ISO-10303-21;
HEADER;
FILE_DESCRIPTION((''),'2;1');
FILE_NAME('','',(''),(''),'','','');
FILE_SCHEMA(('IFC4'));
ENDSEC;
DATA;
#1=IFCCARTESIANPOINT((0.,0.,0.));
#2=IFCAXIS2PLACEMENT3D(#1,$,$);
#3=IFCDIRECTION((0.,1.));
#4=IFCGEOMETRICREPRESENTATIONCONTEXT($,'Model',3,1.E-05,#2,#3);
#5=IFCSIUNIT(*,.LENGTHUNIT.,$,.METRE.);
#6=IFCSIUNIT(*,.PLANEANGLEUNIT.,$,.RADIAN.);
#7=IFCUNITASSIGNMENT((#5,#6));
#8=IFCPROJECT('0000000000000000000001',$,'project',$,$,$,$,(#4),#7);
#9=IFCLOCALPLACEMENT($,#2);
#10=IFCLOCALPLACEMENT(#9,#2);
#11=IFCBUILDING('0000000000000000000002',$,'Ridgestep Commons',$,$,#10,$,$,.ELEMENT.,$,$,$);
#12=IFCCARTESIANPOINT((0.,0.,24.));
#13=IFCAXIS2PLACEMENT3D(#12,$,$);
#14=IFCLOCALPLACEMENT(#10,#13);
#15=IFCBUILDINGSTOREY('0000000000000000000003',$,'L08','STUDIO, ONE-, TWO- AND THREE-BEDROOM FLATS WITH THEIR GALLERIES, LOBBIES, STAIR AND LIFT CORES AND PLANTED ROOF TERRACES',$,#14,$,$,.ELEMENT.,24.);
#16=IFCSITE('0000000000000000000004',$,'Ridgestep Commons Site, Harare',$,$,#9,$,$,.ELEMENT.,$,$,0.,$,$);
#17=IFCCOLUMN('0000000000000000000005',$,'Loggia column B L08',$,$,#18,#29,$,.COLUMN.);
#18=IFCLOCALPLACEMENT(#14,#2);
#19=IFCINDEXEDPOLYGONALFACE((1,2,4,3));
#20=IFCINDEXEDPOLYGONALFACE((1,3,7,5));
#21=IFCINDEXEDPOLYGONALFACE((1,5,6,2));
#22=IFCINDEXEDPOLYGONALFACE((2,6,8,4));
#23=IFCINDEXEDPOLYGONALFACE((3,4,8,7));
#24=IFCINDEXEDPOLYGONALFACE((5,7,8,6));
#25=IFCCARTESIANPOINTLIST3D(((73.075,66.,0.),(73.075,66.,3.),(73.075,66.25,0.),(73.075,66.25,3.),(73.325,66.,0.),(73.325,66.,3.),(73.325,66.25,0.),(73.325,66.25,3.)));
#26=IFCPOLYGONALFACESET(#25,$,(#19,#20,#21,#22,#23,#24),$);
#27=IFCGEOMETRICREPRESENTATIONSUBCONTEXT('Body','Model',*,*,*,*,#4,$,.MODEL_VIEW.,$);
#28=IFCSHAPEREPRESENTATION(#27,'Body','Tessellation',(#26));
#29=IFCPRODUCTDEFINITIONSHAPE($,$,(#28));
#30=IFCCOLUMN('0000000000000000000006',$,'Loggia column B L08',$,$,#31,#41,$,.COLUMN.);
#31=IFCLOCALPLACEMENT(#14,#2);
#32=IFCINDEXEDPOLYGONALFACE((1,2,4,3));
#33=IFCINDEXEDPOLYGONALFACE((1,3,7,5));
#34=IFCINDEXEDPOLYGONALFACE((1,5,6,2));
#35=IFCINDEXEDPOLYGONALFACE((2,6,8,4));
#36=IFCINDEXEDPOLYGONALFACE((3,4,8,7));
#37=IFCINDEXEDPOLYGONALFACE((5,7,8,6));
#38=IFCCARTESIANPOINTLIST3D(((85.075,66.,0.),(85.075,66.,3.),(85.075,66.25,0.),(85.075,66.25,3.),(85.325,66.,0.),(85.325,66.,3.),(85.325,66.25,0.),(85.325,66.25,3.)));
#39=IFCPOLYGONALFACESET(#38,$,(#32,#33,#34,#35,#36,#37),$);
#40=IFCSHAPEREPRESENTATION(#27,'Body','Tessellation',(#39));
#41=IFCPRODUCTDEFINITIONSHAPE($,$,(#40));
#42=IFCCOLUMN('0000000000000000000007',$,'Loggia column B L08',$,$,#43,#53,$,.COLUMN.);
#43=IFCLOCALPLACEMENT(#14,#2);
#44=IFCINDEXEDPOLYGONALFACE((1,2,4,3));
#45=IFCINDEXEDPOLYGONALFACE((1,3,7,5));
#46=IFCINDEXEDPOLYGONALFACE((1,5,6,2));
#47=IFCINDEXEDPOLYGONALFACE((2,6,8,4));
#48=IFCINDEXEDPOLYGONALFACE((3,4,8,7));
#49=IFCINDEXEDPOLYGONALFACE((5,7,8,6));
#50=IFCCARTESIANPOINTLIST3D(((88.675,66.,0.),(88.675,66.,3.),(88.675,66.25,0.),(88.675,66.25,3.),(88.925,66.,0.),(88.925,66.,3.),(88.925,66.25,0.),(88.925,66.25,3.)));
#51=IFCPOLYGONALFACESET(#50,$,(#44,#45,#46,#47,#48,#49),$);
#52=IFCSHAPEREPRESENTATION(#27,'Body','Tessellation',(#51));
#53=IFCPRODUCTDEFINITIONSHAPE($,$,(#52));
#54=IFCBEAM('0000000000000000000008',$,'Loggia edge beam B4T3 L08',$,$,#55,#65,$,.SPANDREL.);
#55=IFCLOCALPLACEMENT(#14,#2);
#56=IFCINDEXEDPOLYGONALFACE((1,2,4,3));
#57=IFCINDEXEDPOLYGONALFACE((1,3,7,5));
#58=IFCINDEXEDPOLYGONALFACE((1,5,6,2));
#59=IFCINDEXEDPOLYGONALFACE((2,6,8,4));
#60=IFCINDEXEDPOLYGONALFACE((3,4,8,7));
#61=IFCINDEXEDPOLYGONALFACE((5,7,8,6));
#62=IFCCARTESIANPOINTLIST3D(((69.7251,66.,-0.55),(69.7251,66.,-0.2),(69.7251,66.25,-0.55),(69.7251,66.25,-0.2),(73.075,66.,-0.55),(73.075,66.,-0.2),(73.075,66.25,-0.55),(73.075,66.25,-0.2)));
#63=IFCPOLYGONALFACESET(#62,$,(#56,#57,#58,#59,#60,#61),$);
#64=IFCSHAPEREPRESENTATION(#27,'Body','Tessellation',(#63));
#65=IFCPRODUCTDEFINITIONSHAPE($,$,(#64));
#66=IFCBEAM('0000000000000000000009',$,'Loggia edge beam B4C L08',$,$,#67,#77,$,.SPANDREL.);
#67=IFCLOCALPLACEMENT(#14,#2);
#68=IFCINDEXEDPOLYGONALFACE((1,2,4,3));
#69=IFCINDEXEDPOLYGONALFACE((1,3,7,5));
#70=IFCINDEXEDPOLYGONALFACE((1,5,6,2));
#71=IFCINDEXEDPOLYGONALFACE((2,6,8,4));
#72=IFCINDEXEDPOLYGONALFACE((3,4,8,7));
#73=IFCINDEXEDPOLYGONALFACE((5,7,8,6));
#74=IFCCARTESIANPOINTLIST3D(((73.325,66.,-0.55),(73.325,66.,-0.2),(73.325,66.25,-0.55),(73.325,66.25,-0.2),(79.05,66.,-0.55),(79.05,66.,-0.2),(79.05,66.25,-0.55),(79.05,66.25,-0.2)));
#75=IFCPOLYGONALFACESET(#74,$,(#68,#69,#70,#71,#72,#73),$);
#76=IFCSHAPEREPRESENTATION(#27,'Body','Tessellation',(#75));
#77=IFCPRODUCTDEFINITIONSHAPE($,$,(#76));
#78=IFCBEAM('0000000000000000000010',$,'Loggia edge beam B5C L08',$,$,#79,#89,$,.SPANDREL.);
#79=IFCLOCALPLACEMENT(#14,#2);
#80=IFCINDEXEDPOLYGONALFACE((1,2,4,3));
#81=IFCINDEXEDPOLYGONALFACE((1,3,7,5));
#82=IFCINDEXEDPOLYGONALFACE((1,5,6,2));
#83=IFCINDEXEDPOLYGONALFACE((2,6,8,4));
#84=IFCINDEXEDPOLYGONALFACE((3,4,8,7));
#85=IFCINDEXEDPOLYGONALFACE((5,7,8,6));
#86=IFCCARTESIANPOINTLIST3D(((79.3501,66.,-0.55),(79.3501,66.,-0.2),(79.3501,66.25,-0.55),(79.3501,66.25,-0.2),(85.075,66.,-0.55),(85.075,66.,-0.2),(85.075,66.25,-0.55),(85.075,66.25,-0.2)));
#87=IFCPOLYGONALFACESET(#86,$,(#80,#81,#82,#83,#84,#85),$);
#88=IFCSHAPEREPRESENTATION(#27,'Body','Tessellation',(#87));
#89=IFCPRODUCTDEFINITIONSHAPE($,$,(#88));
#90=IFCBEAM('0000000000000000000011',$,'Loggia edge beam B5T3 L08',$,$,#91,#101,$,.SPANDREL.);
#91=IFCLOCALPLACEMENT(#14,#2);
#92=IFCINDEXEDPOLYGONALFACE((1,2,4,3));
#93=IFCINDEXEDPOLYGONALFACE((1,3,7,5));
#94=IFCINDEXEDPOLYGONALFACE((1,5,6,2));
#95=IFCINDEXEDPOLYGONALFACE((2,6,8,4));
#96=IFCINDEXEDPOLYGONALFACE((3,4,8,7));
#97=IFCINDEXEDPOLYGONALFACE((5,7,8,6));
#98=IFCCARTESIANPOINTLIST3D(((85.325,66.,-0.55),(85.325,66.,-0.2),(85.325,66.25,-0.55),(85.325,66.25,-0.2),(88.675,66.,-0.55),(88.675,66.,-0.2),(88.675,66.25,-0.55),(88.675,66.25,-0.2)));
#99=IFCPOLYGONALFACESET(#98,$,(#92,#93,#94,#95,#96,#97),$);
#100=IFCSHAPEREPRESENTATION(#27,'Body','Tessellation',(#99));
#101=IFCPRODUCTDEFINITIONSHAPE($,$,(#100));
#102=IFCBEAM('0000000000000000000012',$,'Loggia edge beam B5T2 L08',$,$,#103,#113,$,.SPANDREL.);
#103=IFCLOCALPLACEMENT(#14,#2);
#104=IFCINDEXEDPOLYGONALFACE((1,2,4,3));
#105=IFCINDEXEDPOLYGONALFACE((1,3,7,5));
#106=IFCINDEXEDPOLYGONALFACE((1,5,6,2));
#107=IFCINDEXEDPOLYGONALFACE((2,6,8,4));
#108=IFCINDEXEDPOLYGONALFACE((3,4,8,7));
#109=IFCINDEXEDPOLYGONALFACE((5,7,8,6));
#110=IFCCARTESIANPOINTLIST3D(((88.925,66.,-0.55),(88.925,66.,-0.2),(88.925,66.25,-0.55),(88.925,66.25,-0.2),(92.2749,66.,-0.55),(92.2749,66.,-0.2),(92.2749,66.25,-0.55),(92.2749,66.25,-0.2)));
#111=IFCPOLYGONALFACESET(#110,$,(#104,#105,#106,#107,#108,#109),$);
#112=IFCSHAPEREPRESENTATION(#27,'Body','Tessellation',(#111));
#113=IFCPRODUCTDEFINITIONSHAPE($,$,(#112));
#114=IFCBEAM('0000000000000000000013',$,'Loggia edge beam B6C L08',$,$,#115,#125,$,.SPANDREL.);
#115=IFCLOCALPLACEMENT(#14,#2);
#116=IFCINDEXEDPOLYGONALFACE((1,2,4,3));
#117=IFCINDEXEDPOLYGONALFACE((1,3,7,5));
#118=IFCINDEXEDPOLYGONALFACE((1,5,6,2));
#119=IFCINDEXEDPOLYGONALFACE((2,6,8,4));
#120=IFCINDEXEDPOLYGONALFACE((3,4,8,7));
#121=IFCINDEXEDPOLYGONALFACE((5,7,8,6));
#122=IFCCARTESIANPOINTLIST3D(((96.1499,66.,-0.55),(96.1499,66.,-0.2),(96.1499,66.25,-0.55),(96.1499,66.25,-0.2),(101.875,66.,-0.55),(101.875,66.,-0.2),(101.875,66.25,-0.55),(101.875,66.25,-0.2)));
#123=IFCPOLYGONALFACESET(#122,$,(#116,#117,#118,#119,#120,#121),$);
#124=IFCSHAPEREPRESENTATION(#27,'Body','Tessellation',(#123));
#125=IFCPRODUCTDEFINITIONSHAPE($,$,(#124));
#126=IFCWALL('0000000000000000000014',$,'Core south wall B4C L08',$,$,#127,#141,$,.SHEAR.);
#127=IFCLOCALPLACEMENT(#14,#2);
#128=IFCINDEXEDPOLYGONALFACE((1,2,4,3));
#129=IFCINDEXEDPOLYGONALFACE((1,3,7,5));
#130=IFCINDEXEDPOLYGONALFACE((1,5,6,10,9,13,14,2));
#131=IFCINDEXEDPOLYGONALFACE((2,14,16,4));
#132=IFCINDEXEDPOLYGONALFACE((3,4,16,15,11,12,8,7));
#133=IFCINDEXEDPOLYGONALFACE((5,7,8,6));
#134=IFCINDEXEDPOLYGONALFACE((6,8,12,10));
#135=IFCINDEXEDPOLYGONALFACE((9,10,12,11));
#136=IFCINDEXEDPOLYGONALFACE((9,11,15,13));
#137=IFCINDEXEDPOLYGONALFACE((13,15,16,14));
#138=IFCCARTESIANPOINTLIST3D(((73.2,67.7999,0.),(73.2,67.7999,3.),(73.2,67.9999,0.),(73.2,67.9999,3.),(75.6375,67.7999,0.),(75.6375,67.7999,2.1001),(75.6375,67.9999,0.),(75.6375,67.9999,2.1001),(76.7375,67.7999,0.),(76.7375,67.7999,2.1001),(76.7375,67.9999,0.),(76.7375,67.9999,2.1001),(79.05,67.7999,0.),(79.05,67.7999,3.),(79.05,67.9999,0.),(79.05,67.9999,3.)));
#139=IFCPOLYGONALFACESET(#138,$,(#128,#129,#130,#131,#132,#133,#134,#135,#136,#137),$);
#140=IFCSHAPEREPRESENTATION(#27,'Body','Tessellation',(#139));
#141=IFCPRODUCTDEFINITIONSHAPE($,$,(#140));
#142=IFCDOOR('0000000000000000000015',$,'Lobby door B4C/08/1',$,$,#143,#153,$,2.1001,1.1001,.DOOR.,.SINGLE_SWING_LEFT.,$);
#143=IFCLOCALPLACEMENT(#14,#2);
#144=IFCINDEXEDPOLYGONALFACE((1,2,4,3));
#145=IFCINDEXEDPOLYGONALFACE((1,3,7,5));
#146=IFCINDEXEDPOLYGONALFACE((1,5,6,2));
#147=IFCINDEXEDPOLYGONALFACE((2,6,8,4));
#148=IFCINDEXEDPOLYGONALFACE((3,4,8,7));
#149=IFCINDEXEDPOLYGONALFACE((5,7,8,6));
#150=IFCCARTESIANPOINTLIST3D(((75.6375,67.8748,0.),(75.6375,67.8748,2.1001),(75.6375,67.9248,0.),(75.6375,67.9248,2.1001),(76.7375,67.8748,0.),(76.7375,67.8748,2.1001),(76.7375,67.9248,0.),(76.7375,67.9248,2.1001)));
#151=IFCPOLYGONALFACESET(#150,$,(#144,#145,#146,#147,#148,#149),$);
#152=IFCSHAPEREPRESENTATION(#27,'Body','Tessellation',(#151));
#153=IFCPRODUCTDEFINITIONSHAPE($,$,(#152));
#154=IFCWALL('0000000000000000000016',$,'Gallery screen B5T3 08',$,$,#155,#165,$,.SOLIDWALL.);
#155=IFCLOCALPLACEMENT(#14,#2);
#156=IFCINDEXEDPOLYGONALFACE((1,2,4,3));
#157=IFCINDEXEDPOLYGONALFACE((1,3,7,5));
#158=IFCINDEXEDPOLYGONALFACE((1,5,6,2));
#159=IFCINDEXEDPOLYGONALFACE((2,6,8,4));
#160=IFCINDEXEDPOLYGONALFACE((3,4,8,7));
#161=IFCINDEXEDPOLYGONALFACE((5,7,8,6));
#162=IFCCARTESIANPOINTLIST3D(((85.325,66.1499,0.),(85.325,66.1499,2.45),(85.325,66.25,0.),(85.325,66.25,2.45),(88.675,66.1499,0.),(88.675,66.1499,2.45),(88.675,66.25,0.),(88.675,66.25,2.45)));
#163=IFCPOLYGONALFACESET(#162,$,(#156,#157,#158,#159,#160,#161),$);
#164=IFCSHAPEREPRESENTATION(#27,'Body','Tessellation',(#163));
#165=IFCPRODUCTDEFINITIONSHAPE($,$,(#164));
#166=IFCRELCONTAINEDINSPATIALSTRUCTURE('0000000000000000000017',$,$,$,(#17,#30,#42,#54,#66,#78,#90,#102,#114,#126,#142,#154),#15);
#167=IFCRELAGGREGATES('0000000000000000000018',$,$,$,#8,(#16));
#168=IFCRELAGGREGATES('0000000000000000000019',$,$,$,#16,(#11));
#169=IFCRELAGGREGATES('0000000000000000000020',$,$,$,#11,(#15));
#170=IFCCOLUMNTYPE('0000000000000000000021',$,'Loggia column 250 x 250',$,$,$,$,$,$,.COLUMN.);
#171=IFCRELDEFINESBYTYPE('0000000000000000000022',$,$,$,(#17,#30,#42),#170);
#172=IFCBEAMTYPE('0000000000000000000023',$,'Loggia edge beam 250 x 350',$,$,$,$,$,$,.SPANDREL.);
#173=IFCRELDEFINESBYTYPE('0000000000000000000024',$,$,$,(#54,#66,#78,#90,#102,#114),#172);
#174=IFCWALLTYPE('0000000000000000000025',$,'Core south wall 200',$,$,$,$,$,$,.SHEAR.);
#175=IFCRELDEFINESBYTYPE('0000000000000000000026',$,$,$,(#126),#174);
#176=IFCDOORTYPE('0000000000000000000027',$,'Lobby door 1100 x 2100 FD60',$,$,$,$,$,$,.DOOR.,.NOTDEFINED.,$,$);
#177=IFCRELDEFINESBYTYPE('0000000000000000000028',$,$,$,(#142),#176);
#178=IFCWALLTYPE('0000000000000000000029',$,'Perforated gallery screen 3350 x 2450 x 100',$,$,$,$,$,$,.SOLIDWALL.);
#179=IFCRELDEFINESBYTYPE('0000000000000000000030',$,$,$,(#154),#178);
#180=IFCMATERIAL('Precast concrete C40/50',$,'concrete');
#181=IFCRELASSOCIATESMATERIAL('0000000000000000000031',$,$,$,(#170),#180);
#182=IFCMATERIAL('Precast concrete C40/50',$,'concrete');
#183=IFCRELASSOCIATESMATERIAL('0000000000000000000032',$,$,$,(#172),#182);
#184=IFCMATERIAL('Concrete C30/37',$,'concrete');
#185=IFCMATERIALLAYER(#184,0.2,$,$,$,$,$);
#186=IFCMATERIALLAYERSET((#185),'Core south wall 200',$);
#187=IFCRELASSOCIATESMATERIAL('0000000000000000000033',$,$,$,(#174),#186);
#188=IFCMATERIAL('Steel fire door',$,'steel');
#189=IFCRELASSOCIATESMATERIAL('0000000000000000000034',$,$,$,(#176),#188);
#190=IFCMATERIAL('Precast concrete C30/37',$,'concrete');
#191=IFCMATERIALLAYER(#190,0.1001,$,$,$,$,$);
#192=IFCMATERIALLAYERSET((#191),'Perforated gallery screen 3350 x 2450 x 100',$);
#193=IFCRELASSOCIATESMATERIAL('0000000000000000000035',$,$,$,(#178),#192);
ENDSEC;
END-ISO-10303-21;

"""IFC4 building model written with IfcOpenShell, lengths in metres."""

from ifc_helpers import new_model, si_unit, direction, frame, frame_2d, origin, origin_2d, place, context, subcontext, project, spatial, rectangle, extrude, material, layer, layer_set, material_profile, profile_set, type_object, element, fill, save


model = new_model("IFC4")

# Units and contexts
model_context = context("Model", 3, precision=1e-05, world=origin(), true_north=direction((0.0, 1.0)))
body_context = subcontext(model_context, "Body", "Model", "MODEL_VIEW")
ifc_project = project(units=[si_unit("LENGTHUNIT", "METRE"), si_unit("PLANEANGLEUNIT", "RADIAN")], contexts=[model_context])

# Site, building, storey
site_placement = place(None, origin())
site = spatial("IfcSite", under=ifc_project, at=site_placement, Name="Ridgestep Commons Site, Harare", CompositionType="ELEMENT", RefElevation=0.0)
building_placement = place(site_placement, origin())
building = spatial("IfcBuilding", under=site, at=building_placement, Name="Ridgestep Commons", CompositionType="ELEMENT")
storey_placement = place(building_placement, frame((0.0, 0.0, 24.0)))
storey = spatial("IfcBuildingStorey", under=building, at=storey_placement, Name="L08", Description="STUDIO, ONE-, TWO- AND THREE-BEDROOM FLATS WITH THEIR GALLERIES, LOBBIES, STAIR AND LIFT CORES AND PLANTED ROOF TERRACES", CompositionType="ELEMENT", Elevation=24.0)

# Columns
ifc_material_1 = material(Name="Precast concrete C40/50", Category="concrete")
ifc_material_profile_1 = material_profile(ifc_material_1, rectangle(XDim=0.25, YDim=0.25, at=origin_2d()), Name="PC 250x250")
ifc_profile_set_1 = profile_set([ifc_material_profile_1], Name="Precast concrete C40/50")
column_type = type_object("IfcColumnType", Name="Loggia column 250 x 250", PredefinedType="COLUMN", material=ifc_profile_set_1)
for number, where, z_axis, x_axis, name in (
    (1, (73.2, 66.125, 0.0), (0.0, 0.0, 1.0), (1.0, 0.0, 0.0), "Loggia column B L08"),
    (2, (85.2, 66.125, 0.0), (0.0, 0.0, 1.0), (1.0, 0.0, 0.0), "Loggia column B L08"),
    (3, (88.8, 66.125, 0.0), (0.0, 0.0, 1.0), (1.0, 0.0, 0.0), "Loggia column B L08"),
):
    element("IfcColumn", number, at=place(storey_placement, frame(where, z_axis=z_axis, x_axis=x_axis)), inside=storey, type_object=column_type, Name=name, PredefinedType="COLUMN", context=body_context, shape_type="SweptSolid", body=[
        extrude(rectangle(XDim=0.25, YDim=0.25, at=origin_2d()), origin(), (0.0, 0.0, 1.0), 3.0),
    ])

# Beams
ifc_material_2 = material(Name="Precast concrete C40/50", Category="concrete")
ifc_material_profile_2 = material_profile(ifc_material_2, rectangle(XDim=0.25, YDim=0.3501, at=origin_2d()), Name="PC 250x350")
ifc_profile_set_2 = profile_set([ifc_material_profile_2], Name="Precast concrete C40/50")
beam_type = type_object("IfcBeamType", Name="Loggia edge beam 250 x 350", PredefinedType="SPANDREL", material=ifc_profile_set_2)
beam_1_placement = place(storey_placement, frame((69.7251, 66.125, -0.375), z_axis=(1.0, 0.0, 0.0), x_axis=(0.0, 1.0, 0.0)))
element("IfcBeam", 4, at=beam_1_placement, inside=storey, type_object=beam_type, Name="Loggia edge beam B4T3 L08", PredefinedType="SPANDREL", context=body_context, shape_type="SweptSolid", body=[
    extrude(rectangle(XDim=0.25, YDim=0.3501, at=origin_2d()), origin(), (0.0, 0.0, 1.0), 3.3499),
])
beam_2_placement = place(storey_placement, frame((73.325, 66.125, -0.375), z_axis=(1.0, 0.0, 0.0), x_axis=(0.0, 1.0, 0.0)))
element("IfcBeam", 5, at=beam_2_placement, inside=storey, type_object=beam_type, Name="Loggia edge beam B4C L08", PredefinedType="SPANDREL", context=body_context, shape_type="SweptSolid", body=[
    extrude(rectangle(XDim=0.25, YDim=0.3501, at=origin_2d()), origin(), (0.0, 0.0, 1.0), 5.7251),
])
beam_3_placement = place(storey_placement, frame((79.3501, 66.125, -0.375), z_axis=(1.0, 0.0, 0.0), x_axis=(0.0, 1.0, 0.0)))
element("IfcBeam", 6, at=beam_3_placement, inside=storey, type_object=beam_type, Name="Loggia edge beam B5C L08", PredefinedType="SPANDREL", context=body_context, shape_type="SweptSolid", body=[
    extrude(rectangle(XDim=0.25, YDim=0.3501, at=origin_2d()), origin(), (0.0, 0.0, 1.0), 5.7249),
])
beam_4_placement = place(storey_placement, frame((85.325, 66.125, -0.375), z_axis=(1.0, 0.0, 0.0), x_axis=(0.0, 1.0, 0.0)))
element("IfcBeam", 7, at=beam_4_placement, inside=storey, type_object=beam_type, Name="Loggia edge beam B5T3 L08", PredefinedType="SPANDREL", context=body_context, shape_type="SweptSolid", body=[
    extrude(rectangle(XDim=0.25, YDim=0.3501, at=origin_2d()), origin(), (0.0, 0.0, 1.0), 3.3501),
])
beam_5_placement = place(storey_placement, frame((88.925, 66.125, -0.375), z_axis=(1.0, 0.0, 0.0), x_axis=(0.0, 1.0, 0.0)))
element("IfcBeam", 8, at=beam_5_placement, inside=storey, type_object=beam_type, Name="Loggia edge beam B5T2 L08", PredefinedType="SPANDREL", context=body_context, shape_type="SweptSolid", body=[
    extrude(rectangle(XDim=0.25, YDim=0.3501, at=origin_2d()), origin(), (0.0, 0.0, 1.0), 3.3499),
])
beam_6_placement = place(storey_placement, frame((96.1499, 66.125, -0.375), z_axis=(1.0, 0.0, 0.0), x_axis=(0.0, 1.0, 0.0)))
element("IfcBeam", 9, at=beam_6_placement, inside=storey, type_object=beam_type, Name="Loggia edge beam B6C L08", PredefinedType="SPANDREL", context=body_context, shape_type="SweptSolid", body=[
    extrude(rectangle(XDim=0.25, YDim=0.3501, at=origin_2d()), origin(), (0.0, 0.0, 1.0), 5.7251),
])

# Wall, opening, door
ifc_material_3 = material(Name="Concrete C30/37", Category="concrete")
ifc_layer_1 = layer(ifc_material_3, 0.2)
ifc_layer_set_1 = layer_set([ifc_layer_1], Name="Core south wall 200")
wall_type_1 = type_object("IfcWallType", Name="Core south wall 200", PredefinedType="SHEAR", material=ifc_layer_set_1)
wall_1_placement = place(storey_placement, frame((73.2, 67.8999, 0.0), z_axis=(0.0, 0.0, 1.0), x_axis=(1.0, 0.0, 0.0)))
wall_1 = element("IfcWall", 10, at=wall_1_placement, inside=storey, type_object=wall_type_1, Name="Core south wall B4C L08", PredefinedType="SHEAR", context=body_context, shape_type="SweptSolid", body=[
    extrude(rectangle(XDim=5.8501, YDim=0.2, at=frame_2d((2.925, 0.0))), origin(), (0.0, 0.0, 1.0), 3.0),
])
opening_1_placement = place(wall_1_placement, frame((2.4375, 0.0, 0.0)))
opening_1 = element("IfcOpeningElement", 11, at=opening_1_placement, cuts=wall_1, PredefinedType="OPENING", context=body_context, shape_type="SweptSolid", body=[
    extrude(rectangle(XDim=1.1001, YDim=2.1001, at=frame_2d((0.55, 1.05))), frame((0.0, 0.1099, 0.0), z_axis=(0.0, -1.0, 0.0), x_axis=(1.0, 0.0, 0.0)), (0.0, 0.0, 1.0), 0.22),
])
ifc_material_4 = material(Name="Steel fire door", Category="steel")
door_type_1 = type_object("IfcDoorType", Name="Lobby door 1100 x 2100 FD60", OperationType="NOTDEFINED", PredefinedType="DOOR", material=ifc_material_4)
door_1_placement = place(opening_1_placement, origin())
door_1 = element("IfcDoor", 12, at=door_1_placement, inside=storey, type_object=door_type_1, Name="Lobby door B4C/08/1", OperationType="SINGLE_SWING_LEFT", OverallHeight=2.1001, OverallWidth=1.1001, PredefinedType="DOOR", context=body_context, shape_type="SweptSolid", body=[
    extrude(rectangle(XDim=1.1001, YDim=2.1001, at=frame_2d((0.55, 1.05))), frame((0.0, 0.0249, 0.0), z_axis=(0.0, -1.0, 0.0), x_axis=(1.0, 0.0, 0.0)), (0.0, 0.0, 1.0), 0.05),
])
fill(opening_1, door_1)

# Wall
ifc_material_5 = material(Name="Precast concrete C30/37", Category="concrete")
ifc_layer_2 = layer(ifc_material_5, 0.1001)
ifc_layer_set_2 = layer_set([ifc_layer_2], Name="Perforated gallery screen 3350 x 2450 x 100")
wall_type_2 = type_object("IfcWallType", Name="Perforated gallery screen 3350 x 2450 x 100", PredefinedType="SOLIDWALL", material=ifc_layer_set_2)
wall_2_placement = place(storey_placement, frame((85.325, 66.2, 0.0), z_axis=(0.0, 0.0, 1.0), x_axis=(1.0, 0.0, 0.0)))
element("IfcWall", 13, at=wall_2_placement, inside=storey, type_object=wall_type_2, Name="Gallery screen B5T3 08", PredefinedType="SOLIDWALL", context=body_context, shape_type="SweptSolid", body=[
    extrude(rectangle(XDim=3.3501, YDim=0.1001, at=frame_2d((1.675, 0.0))), origin(), (0.0, 0.0, 1.0), 2.45),
])

save(model, "model.ifc")
